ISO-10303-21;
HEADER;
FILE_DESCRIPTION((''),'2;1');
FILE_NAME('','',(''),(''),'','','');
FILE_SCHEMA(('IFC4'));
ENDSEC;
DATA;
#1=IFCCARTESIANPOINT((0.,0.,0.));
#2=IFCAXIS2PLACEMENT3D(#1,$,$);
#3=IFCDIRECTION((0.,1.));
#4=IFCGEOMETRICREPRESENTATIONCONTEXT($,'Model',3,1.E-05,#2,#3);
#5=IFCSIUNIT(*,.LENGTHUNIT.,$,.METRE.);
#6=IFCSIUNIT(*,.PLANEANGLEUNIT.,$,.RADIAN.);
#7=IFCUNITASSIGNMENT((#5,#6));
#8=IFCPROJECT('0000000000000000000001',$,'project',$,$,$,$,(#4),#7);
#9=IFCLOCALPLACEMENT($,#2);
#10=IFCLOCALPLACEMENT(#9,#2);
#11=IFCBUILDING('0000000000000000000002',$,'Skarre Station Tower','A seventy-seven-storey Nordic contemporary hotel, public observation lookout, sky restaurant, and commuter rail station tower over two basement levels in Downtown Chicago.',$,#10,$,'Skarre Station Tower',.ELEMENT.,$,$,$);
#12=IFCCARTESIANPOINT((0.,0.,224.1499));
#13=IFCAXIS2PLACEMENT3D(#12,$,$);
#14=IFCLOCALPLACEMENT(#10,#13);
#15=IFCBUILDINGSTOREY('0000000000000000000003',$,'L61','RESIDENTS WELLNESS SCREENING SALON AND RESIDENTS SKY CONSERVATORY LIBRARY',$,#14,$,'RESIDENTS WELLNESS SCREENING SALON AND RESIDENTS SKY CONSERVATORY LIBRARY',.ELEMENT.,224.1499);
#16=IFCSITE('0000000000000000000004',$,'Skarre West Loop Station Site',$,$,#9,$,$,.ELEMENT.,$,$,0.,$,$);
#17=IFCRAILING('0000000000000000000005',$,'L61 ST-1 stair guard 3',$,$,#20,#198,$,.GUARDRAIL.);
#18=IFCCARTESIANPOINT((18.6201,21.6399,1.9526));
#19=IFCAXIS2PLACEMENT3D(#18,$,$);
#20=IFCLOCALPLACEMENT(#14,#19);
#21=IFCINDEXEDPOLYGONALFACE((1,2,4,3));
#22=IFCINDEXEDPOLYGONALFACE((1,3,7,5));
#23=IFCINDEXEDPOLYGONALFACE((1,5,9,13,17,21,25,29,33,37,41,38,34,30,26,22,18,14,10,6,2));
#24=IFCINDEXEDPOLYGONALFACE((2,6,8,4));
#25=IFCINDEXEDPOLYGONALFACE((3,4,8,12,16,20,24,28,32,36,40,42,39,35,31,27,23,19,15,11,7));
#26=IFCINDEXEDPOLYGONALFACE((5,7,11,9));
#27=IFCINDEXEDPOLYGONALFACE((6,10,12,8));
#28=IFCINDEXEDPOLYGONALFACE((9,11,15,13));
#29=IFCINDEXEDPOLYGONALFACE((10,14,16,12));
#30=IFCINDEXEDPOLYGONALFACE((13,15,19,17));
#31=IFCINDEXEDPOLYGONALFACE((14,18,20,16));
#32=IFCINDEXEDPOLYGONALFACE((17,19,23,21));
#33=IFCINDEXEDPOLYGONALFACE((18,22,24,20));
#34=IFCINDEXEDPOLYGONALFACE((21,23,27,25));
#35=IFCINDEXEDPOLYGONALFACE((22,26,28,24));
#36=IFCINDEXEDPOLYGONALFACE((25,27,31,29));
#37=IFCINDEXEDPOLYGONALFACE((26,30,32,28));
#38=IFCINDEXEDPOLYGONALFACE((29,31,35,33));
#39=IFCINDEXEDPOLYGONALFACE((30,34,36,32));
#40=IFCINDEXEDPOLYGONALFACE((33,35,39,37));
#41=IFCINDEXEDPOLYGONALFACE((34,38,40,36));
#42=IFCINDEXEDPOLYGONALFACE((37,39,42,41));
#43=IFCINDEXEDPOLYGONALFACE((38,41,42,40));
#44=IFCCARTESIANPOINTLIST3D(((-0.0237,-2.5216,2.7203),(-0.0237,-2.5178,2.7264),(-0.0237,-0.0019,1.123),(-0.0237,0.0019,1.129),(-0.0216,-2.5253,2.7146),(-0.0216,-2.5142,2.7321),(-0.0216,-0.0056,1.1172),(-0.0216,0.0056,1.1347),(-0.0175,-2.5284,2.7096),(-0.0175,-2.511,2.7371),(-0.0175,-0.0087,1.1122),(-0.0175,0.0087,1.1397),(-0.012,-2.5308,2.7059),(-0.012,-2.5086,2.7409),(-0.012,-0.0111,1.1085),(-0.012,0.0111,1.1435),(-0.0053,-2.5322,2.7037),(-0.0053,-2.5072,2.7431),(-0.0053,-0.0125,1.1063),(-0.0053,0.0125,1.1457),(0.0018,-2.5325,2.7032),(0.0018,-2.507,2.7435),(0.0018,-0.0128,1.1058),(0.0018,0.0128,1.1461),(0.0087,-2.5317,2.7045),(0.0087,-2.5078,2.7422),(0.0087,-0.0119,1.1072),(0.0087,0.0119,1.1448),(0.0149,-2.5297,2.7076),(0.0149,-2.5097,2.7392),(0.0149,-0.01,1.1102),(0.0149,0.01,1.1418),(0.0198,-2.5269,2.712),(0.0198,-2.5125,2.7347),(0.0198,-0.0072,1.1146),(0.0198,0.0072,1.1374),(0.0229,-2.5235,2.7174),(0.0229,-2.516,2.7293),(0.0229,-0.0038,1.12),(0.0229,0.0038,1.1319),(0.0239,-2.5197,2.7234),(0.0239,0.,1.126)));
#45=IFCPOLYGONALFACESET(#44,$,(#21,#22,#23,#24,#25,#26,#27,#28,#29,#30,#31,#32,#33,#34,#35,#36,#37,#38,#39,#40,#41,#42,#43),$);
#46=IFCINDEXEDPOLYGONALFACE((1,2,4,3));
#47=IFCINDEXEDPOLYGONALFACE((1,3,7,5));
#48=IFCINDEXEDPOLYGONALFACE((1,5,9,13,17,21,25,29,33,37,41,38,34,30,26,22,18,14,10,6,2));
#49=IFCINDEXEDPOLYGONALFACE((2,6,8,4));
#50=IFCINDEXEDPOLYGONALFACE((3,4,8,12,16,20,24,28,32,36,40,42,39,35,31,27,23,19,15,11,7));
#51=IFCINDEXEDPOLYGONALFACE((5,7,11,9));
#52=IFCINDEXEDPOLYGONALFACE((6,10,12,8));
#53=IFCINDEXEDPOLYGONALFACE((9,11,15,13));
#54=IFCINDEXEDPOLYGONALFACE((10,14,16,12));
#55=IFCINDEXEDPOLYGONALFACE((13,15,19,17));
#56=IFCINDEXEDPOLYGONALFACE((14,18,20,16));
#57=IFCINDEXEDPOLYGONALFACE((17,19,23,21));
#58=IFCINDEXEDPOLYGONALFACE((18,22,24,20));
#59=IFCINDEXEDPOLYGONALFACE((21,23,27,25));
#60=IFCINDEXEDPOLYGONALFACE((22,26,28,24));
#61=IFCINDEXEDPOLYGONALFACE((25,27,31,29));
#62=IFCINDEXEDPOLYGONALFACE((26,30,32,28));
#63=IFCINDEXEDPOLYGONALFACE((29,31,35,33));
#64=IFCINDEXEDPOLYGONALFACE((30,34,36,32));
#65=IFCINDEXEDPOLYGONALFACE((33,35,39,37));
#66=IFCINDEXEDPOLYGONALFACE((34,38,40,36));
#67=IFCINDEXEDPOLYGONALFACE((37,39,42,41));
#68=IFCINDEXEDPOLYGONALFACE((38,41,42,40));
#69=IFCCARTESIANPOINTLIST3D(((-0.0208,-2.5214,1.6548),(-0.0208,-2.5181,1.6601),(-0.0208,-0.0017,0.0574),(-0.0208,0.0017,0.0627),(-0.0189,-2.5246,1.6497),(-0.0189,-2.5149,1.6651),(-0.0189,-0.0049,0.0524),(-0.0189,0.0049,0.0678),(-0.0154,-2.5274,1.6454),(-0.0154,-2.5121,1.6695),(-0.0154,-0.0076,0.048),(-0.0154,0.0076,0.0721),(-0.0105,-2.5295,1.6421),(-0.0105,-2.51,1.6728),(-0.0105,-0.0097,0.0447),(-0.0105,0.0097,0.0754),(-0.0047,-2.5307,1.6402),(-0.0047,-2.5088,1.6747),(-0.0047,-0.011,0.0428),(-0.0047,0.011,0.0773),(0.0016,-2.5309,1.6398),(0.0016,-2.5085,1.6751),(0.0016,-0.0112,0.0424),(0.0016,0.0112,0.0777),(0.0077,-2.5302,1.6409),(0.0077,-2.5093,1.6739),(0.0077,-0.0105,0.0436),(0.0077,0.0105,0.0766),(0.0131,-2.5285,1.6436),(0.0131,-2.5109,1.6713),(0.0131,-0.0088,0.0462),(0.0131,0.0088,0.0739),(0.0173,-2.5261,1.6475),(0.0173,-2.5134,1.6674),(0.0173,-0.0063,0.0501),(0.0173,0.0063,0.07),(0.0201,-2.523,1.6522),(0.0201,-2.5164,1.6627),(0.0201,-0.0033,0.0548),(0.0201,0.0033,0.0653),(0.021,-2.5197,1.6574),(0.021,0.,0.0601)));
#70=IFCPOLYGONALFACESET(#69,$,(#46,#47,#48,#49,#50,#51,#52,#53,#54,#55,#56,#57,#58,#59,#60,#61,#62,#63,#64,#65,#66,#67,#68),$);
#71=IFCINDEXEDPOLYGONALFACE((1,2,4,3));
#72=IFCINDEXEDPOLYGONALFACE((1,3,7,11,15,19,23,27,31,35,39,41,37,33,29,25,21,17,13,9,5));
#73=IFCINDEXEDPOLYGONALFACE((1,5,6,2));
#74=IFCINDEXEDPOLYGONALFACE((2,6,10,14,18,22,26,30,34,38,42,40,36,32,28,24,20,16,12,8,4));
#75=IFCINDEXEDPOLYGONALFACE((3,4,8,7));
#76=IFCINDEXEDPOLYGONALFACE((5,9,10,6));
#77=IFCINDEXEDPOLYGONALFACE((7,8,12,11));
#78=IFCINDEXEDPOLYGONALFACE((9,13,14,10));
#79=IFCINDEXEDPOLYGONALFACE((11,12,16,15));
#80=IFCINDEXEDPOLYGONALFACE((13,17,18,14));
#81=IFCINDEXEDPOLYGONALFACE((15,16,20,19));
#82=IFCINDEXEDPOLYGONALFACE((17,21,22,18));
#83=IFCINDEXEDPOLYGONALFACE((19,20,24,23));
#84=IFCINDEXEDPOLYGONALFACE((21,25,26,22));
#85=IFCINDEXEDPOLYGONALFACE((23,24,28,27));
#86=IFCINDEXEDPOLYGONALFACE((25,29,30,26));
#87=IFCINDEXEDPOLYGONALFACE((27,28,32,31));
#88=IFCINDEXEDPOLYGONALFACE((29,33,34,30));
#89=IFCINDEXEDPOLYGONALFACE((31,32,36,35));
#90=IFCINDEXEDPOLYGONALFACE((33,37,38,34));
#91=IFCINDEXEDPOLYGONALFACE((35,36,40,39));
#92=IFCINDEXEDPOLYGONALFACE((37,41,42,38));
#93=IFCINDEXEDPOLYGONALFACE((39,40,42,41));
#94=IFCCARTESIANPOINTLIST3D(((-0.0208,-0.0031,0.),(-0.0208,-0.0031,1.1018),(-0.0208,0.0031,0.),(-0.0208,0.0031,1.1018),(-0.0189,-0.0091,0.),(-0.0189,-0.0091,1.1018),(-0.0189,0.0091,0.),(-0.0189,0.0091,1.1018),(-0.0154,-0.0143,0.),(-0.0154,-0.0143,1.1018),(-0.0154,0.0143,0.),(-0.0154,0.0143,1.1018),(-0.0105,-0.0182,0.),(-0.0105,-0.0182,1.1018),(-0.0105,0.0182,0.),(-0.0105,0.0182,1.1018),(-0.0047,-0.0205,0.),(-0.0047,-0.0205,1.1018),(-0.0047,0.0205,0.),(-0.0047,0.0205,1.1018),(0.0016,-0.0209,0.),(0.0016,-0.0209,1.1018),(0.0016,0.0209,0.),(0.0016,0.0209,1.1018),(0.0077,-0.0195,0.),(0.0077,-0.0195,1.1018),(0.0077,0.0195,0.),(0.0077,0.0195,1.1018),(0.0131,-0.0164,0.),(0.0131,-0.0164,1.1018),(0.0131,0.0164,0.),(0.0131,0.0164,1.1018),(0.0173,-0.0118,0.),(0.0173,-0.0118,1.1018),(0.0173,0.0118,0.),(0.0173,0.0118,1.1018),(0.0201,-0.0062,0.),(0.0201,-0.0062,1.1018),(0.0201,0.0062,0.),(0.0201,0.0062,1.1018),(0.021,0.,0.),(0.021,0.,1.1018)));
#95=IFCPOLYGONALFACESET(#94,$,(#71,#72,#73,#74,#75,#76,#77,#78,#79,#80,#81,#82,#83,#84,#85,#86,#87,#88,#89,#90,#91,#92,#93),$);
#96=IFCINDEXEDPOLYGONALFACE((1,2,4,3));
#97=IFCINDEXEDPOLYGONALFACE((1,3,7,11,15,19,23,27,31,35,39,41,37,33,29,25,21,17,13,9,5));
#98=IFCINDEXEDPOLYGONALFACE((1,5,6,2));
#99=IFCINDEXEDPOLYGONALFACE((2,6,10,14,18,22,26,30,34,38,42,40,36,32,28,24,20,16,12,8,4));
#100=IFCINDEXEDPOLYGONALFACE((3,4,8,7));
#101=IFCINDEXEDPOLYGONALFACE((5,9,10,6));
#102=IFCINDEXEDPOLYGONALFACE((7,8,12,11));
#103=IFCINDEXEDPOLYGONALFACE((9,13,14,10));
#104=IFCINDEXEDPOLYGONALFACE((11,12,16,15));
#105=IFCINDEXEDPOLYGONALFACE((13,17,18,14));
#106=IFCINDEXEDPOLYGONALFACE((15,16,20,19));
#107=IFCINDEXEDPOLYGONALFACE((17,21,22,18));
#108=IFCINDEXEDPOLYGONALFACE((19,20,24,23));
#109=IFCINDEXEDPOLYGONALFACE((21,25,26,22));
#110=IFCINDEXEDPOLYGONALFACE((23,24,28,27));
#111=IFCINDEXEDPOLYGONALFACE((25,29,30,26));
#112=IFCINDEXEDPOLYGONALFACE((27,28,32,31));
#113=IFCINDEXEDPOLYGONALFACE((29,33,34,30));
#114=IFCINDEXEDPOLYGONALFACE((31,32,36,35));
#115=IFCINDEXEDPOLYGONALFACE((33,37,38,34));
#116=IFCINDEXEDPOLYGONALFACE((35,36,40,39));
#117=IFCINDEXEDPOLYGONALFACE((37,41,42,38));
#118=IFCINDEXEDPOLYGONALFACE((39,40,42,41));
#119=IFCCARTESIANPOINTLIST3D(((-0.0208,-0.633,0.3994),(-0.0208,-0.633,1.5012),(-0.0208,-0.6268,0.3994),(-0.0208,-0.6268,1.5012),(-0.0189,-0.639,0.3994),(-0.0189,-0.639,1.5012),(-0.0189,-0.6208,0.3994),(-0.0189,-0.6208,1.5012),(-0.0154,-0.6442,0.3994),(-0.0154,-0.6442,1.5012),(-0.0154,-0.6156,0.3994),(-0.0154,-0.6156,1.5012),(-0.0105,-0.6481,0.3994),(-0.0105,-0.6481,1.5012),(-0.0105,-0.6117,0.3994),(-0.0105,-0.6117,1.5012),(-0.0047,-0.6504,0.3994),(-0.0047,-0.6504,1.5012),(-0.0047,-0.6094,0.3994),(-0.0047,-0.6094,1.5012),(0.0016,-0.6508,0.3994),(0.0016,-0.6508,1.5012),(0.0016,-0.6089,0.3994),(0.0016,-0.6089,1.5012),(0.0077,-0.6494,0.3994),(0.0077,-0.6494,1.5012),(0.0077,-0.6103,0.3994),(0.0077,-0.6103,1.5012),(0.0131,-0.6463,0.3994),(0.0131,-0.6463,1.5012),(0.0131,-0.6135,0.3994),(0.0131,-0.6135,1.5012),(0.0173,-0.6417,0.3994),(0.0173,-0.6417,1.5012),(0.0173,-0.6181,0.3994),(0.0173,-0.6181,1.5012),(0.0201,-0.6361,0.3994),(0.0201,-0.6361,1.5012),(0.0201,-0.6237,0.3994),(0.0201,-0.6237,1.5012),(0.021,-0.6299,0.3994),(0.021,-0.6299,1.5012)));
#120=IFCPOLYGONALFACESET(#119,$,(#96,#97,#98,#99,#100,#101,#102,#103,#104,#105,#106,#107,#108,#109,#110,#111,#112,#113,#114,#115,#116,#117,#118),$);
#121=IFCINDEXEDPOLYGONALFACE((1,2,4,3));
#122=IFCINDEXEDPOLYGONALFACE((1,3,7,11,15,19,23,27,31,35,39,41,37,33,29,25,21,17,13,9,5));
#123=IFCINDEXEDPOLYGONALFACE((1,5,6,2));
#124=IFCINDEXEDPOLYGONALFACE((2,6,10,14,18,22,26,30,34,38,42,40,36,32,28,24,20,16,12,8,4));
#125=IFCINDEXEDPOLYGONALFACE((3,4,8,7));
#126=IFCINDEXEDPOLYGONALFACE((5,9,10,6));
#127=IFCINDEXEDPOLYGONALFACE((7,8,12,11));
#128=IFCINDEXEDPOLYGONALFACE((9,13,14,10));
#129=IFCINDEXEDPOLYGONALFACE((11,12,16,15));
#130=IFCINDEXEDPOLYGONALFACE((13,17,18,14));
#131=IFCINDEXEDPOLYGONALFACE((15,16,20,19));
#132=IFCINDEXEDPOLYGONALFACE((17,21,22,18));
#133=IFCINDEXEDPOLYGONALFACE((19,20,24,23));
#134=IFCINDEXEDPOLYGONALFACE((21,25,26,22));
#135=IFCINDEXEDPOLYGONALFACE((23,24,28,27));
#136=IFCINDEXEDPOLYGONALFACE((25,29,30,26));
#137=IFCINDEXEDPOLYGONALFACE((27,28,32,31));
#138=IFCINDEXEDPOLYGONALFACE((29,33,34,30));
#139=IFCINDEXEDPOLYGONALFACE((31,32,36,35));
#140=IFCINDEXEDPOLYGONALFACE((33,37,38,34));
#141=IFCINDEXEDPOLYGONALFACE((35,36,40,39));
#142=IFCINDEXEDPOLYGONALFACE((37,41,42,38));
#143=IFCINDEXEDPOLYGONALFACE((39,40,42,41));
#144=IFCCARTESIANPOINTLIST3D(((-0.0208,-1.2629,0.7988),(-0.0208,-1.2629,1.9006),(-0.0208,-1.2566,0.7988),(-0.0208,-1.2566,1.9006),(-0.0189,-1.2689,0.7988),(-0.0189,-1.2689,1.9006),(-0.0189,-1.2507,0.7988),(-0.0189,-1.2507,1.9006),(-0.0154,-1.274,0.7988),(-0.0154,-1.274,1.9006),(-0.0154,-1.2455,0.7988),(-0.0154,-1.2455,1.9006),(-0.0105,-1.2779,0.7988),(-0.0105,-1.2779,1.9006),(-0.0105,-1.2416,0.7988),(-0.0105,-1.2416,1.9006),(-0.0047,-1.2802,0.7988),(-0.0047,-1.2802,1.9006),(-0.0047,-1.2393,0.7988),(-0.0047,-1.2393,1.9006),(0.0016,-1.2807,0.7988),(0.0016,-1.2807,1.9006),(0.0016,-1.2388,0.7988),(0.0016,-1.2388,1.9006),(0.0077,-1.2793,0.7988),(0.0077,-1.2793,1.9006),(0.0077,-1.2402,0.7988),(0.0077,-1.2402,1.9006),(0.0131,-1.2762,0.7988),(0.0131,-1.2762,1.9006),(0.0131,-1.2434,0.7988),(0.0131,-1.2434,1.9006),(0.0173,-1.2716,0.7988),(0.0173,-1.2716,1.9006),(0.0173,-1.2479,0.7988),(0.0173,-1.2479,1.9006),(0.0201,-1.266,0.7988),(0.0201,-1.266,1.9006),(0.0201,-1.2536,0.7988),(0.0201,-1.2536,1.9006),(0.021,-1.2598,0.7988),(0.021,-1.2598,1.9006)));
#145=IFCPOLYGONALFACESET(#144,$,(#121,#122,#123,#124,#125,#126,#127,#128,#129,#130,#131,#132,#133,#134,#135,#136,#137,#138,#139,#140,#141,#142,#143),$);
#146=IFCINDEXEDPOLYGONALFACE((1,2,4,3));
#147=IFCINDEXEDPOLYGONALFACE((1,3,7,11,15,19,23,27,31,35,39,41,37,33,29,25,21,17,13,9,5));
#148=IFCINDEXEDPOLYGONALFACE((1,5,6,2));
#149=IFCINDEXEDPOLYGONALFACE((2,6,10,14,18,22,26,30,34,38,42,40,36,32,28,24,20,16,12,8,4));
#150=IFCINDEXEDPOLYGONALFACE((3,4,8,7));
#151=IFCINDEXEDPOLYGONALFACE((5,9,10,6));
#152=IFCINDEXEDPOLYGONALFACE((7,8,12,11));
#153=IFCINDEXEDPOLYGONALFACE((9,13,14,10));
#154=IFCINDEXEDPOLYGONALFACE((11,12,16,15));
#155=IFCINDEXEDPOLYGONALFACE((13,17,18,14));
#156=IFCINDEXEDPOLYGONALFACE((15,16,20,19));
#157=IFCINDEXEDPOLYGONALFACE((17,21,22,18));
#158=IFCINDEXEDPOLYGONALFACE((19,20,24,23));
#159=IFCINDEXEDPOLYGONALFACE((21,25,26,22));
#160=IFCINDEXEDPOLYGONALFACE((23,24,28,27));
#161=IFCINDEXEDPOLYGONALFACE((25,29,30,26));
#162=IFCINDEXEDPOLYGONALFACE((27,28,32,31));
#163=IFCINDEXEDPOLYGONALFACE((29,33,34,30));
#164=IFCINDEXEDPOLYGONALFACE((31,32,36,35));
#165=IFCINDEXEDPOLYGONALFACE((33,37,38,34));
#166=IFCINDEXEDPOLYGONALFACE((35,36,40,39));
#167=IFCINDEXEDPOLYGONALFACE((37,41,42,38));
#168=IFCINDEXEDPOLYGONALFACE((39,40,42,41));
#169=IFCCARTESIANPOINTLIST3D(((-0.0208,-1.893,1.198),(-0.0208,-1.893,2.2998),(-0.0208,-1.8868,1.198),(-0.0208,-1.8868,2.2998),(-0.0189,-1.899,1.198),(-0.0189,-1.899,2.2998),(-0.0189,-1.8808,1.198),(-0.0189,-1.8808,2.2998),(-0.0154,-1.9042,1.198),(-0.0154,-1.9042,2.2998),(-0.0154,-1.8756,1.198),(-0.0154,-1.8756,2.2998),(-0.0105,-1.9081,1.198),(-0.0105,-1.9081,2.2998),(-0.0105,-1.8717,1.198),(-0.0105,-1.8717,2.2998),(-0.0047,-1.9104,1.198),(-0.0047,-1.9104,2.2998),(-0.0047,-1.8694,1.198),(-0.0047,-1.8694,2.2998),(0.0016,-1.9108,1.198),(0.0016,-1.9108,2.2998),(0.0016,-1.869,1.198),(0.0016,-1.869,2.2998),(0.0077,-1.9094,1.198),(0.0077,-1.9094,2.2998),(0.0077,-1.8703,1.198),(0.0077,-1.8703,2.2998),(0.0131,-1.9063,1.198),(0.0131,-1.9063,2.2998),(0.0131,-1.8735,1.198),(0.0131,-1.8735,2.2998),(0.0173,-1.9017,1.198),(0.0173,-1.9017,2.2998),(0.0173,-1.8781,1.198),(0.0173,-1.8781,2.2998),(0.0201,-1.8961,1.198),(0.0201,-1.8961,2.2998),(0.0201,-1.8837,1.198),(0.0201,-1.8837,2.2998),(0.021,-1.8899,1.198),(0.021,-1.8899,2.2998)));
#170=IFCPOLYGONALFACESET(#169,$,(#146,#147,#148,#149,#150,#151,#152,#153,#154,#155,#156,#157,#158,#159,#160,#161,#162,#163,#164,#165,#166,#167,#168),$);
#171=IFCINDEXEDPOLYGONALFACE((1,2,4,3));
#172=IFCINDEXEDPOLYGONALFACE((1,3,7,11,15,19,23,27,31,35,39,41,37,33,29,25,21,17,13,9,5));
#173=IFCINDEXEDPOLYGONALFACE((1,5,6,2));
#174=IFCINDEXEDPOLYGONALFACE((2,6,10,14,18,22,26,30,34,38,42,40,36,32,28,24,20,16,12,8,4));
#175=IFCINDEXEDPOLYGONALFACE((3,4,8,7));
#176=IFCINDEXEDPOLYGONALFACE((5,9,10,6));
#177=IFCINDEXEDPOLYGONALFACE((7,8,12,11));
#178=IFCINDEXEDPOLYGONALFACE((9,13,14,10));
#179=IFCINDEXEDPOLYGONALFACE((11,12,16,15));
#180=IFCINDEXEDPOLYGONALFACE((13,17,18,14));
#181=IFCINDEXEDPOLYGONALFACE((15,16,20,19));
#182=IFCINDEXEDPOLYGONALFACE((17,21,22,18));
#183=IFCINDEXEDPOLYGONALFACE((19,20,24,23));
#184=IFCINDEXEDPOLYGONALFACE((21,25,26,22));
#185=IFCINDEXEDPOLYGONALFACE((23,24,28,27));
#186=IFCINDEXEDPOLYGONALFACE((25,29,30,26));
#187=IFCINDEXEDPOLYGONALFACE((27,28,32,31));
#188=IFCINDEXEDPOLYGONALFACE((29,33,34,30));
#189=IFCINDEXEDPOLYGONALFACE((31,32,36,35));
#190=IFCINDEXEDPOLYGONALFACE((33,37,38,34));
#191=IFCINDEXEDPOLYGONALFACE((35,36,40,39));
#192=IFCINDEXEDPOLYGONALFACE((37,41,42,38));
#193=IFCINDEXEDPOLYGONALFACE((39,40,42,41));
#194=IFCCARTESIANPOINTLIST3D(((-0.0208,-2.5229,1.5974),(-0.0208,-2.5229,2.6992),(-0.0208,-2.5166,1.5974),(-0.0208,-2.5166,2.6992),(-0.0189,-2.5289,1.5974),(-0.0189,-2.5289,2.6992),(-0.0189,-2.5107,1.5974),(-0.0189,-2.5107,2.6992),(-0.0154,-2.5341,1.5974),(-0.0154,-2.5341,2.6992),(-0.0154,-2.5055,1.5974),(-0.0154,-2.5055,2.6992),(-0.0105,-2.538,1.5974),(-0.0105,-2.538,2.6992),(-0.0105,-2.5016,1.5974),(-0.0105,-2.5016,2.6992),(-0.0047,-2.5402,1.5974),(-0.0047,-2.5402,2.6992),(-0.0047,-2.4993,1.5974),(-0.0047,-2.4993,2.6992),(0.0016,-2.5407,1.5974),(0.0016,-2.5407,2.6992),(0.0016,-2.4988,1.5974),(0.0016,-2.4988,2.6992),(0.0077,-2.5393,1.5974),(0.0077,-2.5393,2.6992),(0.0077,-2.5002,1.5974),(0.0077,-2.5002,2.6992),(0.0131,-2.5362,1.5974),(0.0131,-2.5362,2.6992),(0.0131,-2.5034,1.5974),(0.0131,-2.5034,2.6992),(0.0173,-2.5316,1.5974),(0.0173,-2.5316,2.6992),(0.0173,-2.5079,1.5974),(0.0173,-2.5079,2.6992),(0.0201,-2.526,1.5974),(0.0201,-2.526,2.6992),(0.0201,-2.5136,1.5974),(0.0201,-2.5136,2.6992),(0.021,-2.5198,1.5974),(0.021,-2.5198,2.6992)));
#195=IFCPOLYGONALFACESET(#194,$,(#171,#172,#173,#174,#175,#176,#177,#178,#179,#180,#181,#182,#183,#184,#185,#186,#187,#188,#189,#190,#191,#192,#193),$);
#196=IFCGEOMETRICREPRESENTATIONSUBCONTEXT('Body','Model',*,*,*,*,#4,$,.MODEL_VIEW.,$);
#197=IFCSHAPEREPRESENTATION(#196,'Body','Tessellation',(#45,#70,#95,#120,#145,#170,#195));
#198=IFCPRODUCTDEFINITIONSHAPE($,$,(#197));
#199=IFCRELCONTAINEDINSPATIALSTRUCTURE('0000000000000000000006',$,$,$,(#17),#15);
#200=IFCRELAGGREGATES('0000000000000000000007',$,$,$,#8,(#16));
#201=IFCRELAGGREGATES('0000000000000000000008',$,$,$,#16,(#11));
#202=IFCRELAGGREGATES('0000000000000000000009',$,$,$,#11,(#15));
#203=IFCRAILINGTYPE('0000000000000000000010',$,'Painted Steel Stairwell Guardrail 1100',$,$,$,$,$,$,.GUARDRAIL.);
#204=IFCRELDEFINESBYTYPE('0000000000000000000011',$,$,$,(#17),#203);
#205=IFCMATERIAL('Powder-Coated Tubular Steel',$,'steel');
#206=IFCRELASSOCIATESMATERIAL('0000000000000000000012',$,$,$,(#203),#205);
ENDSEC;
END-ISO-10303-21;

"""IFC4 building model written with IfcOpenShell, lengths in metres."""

from ifc_helpers import new_model, si_unit, direction, frame, origin, origin_2d, place, context, subcontext, project, spatial, circle, extrude, material, type_object, element, save


model = new_model("IFC4")

# Units and contexts
model_context = context("Model", 3, precision=1e-05, world=origin(), true_north=direction((0.0, 1.0)))
body_context = subcontext(model_context, "Body", "Model", "MODEL_VIEW")
ifc_project = project(units=[si_unit("LENGTHUNIT", "METRE"), si_unit("PLANEANGLEUNIT", "RADIAN")], contexts=[model_context])

# Site, building, storey
site_placement = place(None, origin())
site = spatial("IfcSite", under=ifc_project, at=site_placement, Name="Skarre West Loop Station Site", CompositionType="ELEMENT", RefElevation=0.0)
building_placement = place(site_placement, origin())
building = spatial("IfcBuilding", under=site, at=building_placement, Name="Skarre Station Tower", Description="A seventy-seven-storey Nordic contemporary hotel, public observation lookout, sky restaurant, and commuter rail station tower over two basement levels in Downtown Chicago.", LongName="Skarre Station Tower", CompositionType="ELEMENT")
storey_placement = place(building_placement, frame((0.0, 0.0, 224.1499)))
storey = spatial("IfcBuildingStorey", under=building, at=storey_placement, Name="L61", Description="RESIDENTS WELLNESS SCREENING SALON AND RESIDENTS SKY CONSERVATORY LIBRARY", LongName="RESIDENTS WELLNESS SCREENING SALON AND RESIDENTS SKY CONSERVATORY LIBRARY", CompositionType="ELEMENT", Elevation=224.1499)

# Railing
ifc_material_1 = material(Name="Powder-Coated Tubular Steel", Category="steel")
railing_type_1 = type_object("IfcRailingType", Name="Painted Steel Stairwell Guardrail 1100", PredefinedType="GUARDRAIL", material=ifc_material_1)
railing_1_placement = place(storey_placement, frame((18.6201, 21.6399, 1.9526)))
element("IfcRailing", 1, at=railing_1_placement, inside=storey, type_object=railing_type_1, Name="L61 ST-1 stair guard 3", PredefinedType="GUARDRAIL", context=body_context, shape_type="SweptSolid", body=[
    extrude(circle(Radius=0.0239, at=origin_2d()), frame((0.0, 0.0, 1.126), z_axis=(0.0, -0.844583, 0.535424), x_axis=(1.0, 0.0, 0.0)), (0.0, 0.0, 1.0), 2.9834),
    extrude(circle(Radius=0.021, at=origin_2d()), frame((0.0, 0.0, 0.0601), z_axis=(0.0, -0.844583, 0.535424), x_axis=(1.0, 0.0, 0.0)), (0.0, 0.0, 1.0), 2.9834),
    extrude(circle(Radius=0.021, at=origin_2d()), origin(), (0.0, 0.0, 1.0), 1.1018),
    extrude(circle(Radius=0.021, at=origin_2d()), frame((0.0, -0.6299, 0.3994)), (0.0, 0.0, 1.0), 1.1018),
    extrude(circle(Radius=0.021, at=origin_2d()), frame((0.0, -1.2598, 0.7988)), (0.0, 0.0, 1.0), 1.1018),
    extrude(circle(Radius=0.021, at=origin_2d()), frame((0.0, -1.8899, 1.198)), (0.0, 0.0, 1.0), 1.1018),
    extrude(circle(Radius=0.021, at=origin_2d()), frame((0.0, -2.5198, 1.5974)), (0.0, 0.0, 1.0), 1.1018),
])

save(model, "model.ifc")
